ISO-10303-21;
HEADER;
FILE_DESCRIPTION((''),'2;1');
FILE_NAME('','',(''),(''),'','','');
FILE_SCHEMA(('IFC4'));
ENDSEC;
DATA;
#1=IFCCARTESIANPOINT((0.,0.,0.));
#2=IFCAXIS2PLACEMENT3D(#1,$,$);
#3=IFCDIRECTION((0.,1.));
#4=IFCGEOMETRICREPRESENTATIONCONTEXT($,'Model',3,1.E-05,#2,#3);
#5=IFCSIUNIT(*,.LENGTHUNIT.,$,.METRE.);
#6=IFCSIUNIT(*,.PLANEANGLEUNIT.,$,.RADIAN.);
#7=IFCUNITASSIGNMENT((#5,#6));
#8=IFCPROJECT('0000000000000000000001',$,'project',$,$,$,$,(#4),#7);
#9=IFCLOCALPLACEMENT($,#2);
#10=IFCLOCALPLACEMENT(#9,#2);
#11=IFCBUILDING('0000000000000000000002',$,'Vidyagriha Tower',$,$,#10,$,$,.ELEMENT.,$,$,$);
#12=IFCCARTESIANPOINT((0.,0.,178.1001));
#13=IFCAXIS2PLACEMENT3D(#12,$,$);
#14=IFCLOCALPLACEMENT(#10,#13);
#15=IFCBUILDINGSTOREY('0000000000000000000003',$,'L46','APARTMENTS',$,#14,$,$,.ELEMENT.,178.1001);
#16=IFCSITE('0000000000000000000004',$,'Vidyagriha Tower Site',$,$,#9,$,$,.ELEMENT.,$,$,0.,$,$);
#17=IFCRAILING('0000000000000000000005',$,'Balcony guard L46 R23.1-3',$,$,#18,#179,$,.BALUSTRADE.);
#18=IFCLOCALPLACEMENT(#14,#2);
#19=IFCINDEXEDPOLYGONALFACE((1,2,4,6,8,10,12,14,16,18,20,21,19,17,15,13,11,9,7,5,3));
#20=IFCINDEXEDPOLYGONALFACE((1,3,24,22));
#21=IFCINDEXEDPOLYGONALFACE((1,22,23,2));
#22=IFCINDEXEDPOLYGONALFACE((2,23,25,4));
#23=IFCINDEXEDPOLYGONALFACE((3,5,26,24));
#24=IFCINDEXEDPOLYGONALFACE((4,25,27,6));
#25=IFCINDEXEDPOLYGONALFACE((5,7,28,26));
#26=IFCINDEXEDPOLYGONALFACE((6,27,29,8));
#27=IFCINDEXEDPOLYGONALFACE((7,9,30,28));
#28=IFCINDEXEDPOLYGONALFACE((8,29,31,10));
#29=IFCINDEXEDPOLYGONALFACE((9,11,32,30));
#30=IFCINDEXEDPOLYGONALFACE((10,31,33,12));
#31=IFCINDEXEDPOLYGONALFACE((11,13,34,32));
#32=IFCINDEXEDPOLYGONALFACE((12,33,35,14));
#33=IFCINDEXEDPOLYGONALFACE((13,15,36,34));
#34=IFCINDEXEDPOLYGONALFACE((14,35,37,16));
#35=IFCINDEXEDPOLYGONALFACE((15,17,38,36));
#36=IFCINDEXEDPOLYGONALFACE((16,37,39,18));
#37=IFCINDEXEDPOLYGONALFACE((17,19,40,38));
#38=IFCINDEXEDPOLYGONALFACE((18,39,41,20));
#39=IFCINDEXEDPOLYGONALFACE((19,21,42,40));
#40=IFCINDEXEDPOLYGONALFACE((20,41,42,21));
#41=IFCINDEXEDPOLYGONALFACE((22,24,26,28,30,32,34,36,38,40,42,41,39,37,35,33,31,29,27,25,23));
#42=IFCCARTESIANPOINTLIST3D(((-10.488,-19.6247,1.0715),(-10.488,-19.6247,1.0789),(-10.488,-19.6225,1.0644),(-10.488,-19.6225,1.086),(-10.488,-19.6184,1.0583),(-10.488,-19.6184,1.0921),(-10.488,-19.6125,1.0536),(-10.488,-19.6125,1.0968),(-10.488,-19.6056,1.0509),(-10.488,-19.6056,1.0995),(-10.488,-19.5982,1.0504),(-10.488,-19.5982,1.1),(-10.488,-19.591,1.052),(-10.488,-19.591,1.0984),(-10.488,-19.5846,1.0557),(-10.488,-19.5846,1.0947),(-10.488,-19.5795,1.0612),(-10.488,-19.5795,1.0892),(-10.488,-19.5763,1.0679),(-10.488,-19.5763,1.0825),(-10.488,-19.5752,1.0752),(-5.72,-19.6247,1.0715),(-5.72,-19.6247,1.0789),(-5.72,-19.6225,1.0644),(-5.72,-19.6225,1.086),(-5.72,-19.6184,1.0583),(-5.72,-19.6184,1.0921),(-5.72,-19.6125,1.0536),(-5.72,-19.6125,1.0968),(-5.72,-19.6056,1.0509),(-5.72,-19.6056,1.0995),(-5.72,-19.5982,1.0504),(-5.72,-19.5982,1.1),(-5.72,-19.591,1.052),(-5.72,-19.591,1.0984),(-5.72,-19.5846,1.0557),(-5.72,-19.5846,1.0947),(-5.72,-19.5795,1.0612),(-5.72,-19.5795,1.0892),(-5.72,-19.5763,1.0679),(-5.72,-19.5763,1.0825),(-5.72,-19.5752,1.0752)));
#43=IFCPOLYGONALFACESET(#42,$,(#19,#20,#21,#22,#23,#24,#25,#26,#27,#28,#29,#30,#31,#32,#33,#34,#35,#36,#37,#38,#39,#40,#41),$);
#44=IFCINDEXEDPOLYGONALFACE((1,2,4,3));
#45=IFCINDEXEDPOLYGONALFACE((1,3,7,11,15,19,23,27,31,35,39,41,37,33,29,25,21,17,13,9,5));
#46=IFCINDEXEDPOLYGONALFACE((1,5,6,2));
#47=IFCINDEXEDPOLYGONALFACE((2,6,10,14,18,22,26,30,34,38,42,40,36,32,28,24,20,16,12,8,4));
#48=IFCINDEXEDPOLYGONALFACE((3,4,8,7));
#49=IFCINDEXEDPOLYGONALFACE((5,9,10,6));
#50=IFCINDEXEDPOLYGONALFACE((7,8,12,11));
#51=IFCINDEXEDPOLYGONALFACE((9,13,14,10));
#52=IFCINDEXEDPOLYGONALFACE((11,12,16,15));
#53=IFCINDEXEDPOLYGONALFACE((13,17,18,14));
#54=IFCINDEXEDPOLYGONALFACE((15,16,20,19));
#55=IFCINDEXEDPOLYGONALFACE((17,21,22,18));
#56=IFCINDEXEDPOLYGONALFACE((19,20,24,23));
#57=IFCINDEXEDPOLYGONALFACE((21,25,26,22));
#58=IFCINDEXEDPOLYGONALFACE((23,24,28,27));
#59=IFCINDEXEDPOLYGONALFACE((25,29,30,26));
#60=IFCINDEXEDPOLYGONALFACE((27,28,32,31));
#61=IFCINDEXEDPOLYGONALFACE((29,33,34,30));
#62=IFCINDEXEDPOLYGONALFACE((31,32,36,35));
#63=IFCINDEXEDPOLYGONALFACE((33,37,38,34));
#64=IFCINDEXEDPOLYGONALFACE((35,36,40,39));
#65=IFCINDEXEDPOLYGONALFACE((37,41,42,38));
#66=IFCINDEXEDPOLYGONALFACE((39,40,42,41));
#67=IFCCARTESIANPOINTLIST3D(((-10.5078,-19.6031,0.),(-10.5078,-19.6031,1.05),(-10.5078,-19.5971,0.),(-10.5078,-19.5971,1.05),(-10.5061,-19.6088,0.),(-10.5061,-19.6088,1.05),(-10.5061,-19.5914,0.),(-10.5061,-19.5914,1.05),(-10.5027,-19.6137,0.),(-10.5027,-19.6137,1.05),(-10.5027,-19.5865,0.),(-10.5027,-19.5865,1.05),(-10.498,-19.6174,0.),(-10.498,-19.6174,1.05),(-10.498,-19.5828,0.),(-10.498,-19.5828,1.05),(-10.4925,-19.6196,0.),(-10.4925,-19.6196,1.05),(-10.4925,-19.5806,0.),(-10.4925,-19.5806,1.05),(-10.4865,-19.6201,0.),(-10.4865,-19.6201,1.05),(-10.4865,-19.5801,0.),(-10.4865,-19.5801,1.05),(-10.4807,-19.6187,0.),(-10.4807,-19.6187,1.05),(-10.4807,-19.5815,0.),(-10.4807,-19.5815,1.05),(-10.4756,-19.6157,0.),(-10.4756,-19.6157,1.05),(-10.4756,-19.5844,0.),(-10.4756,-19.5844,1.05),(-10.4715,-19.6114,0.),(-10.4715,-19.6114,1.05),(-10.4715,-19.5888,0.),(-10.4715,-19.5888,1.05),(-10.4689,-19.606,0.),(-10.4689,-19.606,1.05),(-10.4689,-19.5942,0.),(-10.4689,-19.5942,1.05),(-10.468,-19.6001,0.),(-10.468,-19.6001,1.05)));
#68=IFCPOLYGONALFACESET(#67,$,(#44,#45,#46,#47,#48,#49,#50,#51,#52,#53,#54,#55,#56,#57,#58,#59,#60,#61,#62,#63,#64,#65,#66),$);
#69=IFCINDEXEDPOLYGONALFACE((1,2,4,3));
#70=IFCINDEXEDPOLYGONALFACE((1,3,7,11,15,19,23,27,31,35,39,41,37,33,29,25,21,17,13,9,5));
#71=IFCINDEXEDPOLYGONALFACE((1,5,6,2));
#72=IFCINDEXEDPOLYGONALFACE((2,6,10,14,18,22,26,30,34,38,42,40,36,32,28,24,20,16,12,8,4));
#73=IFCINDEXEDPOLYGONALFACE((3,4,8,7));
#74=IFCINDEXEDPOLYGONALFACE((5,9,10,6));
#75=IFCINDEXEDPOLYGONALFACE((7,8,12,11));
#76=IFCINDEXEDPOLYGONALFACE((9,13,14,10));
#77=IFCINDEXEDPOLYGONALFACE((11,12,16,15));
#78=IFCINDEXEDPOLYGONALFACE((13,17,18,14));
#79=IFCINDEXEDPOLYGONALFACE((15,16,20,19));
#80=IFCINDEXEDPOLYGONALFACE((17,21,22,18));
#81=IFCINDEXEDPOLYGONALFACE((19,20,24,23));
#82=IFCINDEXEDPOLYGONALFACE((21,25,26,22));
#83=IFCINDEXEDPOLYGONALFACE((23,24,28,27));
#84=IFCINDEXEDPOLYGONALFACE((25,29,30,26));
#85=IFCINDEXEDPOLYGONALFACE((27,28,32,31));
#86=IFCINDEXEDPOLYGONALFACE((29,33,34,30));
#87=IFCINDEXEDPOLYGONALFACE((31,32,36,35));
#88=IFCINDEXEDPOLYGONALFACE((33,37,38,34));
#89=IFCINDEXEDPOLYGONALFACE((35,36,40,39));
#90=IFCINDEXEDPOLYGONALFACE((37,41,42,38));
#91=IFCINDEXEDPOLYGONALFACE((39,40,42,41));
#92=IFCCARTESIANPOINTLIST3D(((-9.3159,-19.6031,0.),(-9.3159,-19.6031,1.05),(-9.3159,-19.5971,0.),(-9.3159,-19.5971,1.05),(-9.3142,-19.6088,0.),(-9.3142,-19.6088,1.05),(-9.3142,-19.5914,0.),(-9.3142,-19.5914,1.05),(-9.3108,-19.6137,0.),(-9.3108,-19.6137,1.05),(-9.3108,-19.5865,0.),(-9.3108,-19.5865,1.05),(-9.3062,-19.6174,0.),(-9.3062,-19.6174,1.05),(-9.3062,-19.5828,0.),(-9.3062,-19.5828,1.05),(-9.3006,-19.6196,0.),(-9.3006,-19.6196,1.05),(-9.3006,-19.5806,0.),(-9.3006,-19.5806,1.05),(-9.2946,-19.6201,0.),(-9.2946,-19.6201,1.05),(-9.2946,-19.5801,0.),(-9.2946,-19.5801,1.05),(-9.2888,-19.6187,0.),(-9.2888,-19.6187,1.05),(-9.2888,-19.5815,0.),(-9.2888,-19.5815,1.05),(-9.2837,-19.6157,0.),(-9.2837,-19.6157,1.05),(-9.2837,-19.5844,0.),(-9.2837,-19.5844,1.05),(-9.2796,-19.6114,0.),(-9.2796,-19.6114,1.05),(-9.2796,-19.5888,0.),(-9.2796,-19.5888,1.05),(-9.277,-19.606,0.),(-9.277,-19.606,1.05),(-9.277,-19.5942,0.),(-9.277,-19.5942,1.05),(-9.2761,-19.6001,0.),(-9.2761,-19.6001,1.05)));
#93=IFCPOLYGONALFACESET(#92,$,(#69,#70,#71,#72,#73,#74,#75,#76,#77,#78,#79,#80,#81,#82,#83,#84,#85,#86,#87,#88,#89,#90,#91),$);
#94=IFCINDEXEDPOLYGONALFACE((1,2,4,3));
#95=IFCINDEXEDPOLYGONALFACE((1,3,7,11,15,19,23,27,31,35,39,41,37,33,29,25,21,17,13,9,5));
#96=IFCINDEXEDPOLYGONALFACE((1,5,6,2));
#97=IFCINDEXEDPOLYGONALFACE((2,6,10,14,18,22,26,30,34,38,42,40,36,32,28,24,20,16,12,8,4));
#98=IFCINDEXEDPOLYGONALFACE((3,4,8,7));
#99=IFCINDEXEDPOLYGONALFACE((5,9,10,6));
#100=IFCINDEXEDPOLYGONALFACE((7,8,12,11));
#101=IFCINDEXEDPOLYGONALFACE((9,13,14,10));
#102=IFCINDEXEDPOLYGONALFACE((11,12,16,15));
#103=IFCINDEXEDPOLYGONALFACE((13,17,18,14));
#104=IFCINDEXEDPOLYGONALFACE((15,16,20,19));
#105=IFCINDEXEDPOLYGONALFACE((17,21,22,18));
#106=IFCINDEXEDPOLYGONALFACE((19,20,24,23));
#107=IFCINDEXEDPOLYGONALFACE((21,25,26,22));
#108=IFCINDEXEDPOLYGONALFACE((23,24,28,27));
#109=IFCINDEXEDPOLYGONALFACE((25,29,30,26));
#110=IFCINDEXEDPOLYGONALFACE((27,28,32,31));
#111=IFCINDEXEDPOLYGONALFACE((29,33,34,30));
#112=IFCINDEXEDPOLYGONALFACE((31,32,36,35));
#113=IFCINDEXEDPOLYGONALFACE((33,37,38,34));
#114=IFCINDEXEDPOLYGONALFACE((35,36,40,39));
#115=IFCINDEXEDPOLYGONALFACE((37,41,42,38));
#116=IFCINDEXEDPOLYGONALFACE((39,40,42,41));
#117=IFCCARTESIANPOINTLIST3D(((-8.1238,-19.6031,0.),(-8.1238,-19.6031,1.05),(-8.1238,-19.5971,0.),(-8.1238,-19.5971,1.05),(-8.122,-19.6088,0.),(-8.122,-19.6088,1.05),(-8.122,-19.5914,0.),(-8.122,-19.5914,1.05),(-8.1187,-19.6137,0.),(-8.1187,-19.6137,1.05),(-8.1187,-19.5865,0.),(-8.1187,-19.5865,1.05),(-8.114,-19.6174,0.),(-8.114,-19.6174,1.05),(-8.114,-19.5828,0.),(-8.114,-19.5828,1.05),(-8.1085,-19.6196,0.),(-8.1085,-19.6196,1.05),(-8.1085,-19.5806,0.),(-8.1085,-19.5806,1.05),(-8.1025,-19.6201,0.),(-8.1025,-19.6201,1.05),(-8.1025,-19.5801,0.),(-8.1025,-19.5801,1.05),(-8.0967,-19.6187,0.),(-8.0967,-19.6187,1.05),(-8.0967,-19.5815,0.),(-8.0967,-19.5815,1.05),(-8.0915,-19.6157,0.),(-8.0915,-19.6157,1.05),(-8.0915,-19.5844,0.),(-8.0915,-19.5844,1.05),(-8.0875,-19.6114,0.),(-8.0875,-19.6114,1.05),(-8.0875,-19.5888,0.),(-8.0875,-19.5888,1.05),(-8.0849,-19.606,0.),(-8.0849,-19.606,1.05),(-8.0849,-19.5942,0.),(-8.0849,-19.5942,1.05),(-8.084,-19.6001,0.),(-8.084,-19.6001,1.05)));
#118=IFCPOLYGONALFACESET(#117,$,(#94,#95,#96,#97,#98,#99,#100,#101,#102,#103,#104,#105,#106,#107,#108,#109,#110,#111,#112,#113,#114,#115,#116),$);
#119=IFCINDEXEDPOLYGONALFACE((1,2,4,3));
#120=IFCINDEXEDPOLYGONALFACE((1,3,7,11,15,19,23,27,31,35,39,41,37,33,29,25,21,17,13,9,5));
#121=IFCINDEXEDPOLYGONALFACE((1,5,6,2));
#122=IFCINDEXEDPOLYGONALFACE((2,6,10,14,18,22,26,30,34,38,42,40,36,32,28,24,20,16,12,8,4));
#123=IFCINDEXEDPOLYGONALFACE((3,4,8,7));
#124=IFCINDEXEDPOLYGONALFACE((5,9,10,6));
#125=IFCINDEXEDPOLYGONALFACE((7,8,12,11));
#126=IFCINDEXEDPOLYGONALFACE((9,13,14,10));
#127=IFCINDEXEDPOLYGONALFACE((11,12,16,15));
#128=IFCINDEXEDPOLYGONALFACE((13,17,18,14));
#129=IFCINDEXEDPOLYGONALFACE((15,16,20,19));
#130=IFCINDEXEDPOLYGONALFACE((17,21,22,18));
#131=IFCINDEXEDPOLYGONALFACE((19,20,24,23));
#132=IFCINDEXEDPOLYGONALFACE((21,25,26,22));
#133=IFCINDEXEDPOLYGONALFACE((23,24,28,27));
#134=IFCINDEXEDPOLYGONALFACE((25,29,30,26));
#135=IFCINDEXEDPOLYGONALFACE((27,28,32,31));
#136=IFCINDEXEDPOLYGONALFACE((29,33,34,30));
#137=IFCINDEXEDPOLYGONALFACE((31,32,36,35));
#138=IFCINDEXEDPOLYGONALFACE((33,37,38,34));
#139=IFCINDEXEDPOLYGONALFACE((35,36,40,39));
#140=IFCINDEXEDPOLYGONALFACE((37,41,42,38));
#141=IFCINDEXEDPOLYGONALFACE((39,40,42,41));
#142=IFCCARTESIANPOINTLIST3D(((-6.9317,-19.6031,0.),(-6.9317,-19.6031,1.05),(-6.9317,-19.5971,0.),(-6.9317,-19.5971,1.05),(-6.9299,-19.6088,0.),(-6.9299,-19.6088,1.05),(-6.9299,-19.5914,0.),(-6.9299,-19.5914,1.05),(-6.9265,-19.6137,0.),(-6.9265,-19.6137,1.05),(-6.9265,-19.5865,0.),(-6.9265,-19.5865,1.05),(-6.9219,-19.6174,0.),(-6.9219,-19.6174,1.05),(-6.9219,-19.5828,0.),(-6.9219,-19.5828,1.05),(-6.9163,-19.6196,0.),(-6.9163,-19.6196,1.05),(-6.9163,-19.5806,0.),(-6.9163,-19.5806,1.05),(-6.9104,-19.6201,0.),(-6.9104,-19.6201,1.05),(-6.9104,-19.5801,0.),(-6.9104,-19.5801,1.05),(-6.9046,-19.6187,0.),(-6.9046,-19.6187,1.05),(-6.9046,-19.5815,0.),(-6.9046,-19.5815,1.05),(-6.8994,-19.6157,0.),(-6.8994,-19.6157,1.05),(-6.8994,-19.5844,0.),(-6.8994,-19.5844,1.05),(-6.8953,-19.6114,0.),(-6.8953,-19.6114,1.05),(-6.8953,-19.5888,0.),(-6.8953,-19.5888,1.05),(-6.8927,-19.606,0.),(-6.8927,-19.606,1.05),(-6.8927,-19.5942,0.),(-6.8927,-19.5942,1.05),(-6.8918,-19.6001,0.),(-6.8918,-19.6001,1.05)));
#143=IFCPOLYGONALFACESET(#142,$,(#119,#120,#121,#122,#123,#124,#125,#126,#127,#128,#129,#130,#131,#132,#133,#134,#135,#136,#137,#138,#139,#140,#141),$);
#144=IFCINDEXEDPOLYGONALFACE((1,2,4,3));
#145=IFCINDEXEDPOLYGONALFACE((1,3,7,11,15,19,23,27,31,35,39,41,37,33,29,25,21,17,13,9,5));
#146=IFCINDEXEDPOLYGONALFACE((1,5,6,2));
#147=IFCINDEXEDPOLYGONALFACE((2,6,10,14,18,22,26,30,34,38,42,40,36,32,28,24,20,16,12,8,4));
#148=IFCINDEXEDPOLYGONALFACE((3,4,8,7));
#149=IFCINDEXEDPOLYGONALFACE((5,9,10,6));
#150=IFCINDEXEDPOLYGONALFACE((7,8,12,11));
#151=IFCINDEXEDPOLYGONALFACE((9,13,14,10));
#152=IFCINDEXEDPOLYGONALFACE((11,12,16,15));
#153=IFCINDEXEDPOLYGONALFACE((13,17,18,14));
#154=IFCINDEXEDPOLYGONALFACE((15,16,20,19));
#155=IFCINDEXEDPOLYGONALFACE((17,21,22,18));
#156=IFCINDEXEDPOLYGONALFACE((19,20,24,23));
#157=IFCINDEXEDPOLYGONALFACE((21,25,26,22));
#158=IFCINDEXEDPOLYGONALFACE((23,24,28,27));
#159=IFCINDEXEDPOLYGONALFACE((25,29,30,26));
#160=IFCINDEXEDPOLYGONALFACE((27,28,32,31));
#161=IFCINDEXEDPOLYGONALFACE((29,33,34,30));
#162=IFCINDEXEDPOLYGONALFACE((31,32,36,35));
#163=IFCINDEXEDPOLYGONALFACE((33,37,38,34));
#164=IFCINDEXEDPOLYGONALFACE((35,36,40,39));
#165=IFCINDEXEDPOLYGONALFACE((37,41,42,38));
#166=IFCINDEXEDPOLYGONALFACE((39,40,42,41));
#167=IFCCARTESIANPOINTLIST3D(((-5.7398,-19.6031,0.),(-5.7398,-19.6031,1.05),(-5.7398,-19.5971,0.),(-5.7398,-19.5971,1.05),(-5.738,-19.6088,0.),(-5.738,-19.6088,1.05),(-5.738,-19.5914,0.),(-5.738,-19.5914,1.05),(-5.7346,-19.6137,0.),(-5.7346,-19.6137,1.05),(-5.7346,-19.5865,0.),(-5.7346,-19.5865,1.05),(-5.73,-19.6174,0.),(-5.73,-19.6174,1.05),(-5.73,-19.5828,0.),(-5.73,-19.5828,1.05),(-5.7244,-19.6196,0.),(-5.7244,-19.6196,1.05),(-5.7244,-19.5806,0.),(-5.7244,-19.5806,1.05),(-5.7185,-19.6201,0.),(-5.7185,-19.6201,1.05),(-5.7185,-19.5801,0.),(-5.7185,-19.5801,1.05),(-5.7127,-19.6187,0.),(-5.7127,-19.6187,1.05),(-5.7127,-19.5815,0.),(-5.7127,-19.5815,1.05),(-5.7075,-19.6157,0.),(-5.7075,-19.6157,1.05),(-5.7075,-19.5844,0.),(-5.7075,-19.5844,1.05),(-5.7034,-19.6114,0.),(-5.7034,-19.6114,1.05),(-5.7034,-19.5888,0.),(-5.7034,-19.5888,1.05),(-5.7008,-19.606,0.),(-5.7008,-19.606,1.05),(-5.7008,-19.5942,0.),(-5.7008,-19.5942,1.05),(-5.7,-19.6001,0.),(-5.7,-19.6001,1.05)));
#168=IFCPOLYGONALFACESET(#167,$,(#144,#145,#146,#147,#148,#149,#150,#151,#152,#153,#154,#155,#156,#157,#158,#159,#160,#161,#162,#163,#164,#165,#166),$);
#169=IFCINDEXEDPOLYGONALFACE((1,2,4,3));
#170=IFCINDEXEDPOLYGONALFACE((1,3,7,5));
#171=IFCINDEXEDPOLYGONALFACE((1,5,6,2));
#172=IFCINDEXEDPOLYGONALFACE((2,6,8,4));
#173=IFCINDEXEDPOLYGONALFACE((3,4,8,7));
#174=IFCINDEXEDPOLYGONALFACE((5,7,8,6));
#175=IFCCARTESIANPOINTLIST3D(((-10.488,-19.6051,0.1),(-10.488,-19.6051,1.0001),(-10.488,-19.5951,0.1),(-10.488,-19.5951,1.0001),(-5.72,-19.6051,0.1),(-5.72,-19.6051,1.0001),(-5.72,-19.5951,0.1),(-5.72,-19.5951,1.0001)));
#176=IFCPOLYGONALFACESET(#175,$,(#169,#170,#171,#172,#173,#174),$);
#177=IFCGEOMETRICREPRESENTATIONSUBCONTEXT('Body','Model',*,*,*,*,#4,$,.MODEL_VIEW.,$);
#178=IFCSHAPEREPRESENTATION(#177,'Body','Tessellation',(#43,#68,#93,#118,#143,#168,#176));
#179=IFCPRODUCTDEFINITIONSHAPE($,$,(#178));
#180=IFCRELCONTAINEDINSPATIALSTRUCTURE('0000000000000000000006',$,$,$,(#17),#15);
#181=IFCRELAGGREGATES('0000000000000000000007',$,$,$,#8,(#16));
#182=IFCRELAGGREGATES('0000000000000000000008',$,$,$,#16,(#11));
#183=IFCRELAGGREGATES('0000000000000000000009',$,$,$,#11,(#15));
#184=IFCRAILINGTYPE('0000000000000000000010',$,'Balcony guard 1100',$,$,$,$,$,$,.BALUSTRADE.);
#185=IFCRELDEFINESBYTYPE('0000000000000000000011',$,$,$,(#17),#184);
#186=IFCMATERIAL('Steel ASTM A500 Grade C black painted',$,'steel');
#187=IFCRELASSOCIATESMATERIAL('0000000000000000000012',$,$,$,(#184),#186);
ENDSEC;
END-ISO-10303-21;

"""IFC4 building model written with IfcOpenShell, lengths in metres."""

from ifc_helpers import new_model, si_unit, direction, frame, origin, origin_2d, place, context, subcontext, project, spatial, rectangle, circle, extrude, material, type_object, element, save


model = new_model("IFC4")

# Units and contexts
model_context = context("Model", 3, precision=1e-05, world=origin(), true_north=direction((0.0, 1.0)))
body_context = subcontext(model_context, "Body", "Model", "MODEL_VIEW")
ifc_project = project(units=[si_unit("LENGTHUNIT", "METRE"), si_unit("PLANEANGLEUNIT", "RADIAN")], contexts=[model_context])

# Site, building, storey
site_placement = place(None, origin())
site = spatial("IfcSite", under=ifc_project, at=site_placement, Name="Vidyagriha Tower Site", CompositionType="ELEMENT", RefElevation=0.0)
building_placement = place(site_placement, origin())
building = spatial("IfcBuilding", under=site, at=building_placement, Name="Vidyagriha Tower", CompositionType="ELEMENT")
storey_placement = place(building_placement, frame((0.0, 0.0, 178.1001)))
storey = spatial("IfcBuildingStorey", under=building, at=storey_placement, Name="L46", Description="APARTMENTS", CompositionType="ELEMENT", Elevation=178.1001)

# Railing
ifc_material_1 = material(Name="Steel ASTM A500 Grade C black painted", Category="steel")
railing_type = type_object("IfcRailingType", Name="Balcony guard 1100", PredefinedType="BALUSTRADE", material=ifc_material_1)
railing_1_placement = place(storey_placement, frame((-10.488, -19.6001, 0.0)))
element("IfcRailing", 1, at=railing_1_placement, inside=storey, type_object=railing_type, Name="Balcony guard L46 R23.1-3", PredefinedType="BALUSTRADE", context=body_context, shape_type="SweptSolid", body=[
    extrude(circle(Radius=0.0249, at=origin_2d()), frame((0.0, 0.0, 1.0752), z_axis=(1.0, 0.0, 0.0), x_axis=(0.0, 1.0, 0.0)), (0.0, 0.0, 1.0), 4.7681),
    extrude(circle(Radius=0.02, at=origin_2d()), origin(), (0.0, 0.0, 1.0), 1.05),
    extrude(circle(Radius=0.02, at=origin_2d()), frame((1.1919, 0.0, 0.0)), (0.0, 0.0, 1.0), 1.05),
    extrude(circle(Radius=0.02, at=origin_2d()), frame((2.384, 0.0, 0.0)), (0.0, 0.0, 1.0), 1.05),
    extrude(circle(Radius=0.02, at=origin_2d()), frame((3.5762, 0.0, 0.0)), (0.0, 0.0, 1.0), 1.05),
    extrude(circle(Radius=0.02, at=origin_2d()), frame((4.7681, 0.0, 0.0)), (0.0, 0.0, 1.0), 1.05),
    extrude(rectangle(XDim=0.01, YDim=0.9001, at=origin_2d()), frame((0.0, 0.0, 0.55), z_axis=(1.0, 0.0, 0.0), x_axis=(0.0, 1.0, 0.0)), (0.0, 0.0, 1.0), 4.7681),
])

save(model, "model.ifc")
